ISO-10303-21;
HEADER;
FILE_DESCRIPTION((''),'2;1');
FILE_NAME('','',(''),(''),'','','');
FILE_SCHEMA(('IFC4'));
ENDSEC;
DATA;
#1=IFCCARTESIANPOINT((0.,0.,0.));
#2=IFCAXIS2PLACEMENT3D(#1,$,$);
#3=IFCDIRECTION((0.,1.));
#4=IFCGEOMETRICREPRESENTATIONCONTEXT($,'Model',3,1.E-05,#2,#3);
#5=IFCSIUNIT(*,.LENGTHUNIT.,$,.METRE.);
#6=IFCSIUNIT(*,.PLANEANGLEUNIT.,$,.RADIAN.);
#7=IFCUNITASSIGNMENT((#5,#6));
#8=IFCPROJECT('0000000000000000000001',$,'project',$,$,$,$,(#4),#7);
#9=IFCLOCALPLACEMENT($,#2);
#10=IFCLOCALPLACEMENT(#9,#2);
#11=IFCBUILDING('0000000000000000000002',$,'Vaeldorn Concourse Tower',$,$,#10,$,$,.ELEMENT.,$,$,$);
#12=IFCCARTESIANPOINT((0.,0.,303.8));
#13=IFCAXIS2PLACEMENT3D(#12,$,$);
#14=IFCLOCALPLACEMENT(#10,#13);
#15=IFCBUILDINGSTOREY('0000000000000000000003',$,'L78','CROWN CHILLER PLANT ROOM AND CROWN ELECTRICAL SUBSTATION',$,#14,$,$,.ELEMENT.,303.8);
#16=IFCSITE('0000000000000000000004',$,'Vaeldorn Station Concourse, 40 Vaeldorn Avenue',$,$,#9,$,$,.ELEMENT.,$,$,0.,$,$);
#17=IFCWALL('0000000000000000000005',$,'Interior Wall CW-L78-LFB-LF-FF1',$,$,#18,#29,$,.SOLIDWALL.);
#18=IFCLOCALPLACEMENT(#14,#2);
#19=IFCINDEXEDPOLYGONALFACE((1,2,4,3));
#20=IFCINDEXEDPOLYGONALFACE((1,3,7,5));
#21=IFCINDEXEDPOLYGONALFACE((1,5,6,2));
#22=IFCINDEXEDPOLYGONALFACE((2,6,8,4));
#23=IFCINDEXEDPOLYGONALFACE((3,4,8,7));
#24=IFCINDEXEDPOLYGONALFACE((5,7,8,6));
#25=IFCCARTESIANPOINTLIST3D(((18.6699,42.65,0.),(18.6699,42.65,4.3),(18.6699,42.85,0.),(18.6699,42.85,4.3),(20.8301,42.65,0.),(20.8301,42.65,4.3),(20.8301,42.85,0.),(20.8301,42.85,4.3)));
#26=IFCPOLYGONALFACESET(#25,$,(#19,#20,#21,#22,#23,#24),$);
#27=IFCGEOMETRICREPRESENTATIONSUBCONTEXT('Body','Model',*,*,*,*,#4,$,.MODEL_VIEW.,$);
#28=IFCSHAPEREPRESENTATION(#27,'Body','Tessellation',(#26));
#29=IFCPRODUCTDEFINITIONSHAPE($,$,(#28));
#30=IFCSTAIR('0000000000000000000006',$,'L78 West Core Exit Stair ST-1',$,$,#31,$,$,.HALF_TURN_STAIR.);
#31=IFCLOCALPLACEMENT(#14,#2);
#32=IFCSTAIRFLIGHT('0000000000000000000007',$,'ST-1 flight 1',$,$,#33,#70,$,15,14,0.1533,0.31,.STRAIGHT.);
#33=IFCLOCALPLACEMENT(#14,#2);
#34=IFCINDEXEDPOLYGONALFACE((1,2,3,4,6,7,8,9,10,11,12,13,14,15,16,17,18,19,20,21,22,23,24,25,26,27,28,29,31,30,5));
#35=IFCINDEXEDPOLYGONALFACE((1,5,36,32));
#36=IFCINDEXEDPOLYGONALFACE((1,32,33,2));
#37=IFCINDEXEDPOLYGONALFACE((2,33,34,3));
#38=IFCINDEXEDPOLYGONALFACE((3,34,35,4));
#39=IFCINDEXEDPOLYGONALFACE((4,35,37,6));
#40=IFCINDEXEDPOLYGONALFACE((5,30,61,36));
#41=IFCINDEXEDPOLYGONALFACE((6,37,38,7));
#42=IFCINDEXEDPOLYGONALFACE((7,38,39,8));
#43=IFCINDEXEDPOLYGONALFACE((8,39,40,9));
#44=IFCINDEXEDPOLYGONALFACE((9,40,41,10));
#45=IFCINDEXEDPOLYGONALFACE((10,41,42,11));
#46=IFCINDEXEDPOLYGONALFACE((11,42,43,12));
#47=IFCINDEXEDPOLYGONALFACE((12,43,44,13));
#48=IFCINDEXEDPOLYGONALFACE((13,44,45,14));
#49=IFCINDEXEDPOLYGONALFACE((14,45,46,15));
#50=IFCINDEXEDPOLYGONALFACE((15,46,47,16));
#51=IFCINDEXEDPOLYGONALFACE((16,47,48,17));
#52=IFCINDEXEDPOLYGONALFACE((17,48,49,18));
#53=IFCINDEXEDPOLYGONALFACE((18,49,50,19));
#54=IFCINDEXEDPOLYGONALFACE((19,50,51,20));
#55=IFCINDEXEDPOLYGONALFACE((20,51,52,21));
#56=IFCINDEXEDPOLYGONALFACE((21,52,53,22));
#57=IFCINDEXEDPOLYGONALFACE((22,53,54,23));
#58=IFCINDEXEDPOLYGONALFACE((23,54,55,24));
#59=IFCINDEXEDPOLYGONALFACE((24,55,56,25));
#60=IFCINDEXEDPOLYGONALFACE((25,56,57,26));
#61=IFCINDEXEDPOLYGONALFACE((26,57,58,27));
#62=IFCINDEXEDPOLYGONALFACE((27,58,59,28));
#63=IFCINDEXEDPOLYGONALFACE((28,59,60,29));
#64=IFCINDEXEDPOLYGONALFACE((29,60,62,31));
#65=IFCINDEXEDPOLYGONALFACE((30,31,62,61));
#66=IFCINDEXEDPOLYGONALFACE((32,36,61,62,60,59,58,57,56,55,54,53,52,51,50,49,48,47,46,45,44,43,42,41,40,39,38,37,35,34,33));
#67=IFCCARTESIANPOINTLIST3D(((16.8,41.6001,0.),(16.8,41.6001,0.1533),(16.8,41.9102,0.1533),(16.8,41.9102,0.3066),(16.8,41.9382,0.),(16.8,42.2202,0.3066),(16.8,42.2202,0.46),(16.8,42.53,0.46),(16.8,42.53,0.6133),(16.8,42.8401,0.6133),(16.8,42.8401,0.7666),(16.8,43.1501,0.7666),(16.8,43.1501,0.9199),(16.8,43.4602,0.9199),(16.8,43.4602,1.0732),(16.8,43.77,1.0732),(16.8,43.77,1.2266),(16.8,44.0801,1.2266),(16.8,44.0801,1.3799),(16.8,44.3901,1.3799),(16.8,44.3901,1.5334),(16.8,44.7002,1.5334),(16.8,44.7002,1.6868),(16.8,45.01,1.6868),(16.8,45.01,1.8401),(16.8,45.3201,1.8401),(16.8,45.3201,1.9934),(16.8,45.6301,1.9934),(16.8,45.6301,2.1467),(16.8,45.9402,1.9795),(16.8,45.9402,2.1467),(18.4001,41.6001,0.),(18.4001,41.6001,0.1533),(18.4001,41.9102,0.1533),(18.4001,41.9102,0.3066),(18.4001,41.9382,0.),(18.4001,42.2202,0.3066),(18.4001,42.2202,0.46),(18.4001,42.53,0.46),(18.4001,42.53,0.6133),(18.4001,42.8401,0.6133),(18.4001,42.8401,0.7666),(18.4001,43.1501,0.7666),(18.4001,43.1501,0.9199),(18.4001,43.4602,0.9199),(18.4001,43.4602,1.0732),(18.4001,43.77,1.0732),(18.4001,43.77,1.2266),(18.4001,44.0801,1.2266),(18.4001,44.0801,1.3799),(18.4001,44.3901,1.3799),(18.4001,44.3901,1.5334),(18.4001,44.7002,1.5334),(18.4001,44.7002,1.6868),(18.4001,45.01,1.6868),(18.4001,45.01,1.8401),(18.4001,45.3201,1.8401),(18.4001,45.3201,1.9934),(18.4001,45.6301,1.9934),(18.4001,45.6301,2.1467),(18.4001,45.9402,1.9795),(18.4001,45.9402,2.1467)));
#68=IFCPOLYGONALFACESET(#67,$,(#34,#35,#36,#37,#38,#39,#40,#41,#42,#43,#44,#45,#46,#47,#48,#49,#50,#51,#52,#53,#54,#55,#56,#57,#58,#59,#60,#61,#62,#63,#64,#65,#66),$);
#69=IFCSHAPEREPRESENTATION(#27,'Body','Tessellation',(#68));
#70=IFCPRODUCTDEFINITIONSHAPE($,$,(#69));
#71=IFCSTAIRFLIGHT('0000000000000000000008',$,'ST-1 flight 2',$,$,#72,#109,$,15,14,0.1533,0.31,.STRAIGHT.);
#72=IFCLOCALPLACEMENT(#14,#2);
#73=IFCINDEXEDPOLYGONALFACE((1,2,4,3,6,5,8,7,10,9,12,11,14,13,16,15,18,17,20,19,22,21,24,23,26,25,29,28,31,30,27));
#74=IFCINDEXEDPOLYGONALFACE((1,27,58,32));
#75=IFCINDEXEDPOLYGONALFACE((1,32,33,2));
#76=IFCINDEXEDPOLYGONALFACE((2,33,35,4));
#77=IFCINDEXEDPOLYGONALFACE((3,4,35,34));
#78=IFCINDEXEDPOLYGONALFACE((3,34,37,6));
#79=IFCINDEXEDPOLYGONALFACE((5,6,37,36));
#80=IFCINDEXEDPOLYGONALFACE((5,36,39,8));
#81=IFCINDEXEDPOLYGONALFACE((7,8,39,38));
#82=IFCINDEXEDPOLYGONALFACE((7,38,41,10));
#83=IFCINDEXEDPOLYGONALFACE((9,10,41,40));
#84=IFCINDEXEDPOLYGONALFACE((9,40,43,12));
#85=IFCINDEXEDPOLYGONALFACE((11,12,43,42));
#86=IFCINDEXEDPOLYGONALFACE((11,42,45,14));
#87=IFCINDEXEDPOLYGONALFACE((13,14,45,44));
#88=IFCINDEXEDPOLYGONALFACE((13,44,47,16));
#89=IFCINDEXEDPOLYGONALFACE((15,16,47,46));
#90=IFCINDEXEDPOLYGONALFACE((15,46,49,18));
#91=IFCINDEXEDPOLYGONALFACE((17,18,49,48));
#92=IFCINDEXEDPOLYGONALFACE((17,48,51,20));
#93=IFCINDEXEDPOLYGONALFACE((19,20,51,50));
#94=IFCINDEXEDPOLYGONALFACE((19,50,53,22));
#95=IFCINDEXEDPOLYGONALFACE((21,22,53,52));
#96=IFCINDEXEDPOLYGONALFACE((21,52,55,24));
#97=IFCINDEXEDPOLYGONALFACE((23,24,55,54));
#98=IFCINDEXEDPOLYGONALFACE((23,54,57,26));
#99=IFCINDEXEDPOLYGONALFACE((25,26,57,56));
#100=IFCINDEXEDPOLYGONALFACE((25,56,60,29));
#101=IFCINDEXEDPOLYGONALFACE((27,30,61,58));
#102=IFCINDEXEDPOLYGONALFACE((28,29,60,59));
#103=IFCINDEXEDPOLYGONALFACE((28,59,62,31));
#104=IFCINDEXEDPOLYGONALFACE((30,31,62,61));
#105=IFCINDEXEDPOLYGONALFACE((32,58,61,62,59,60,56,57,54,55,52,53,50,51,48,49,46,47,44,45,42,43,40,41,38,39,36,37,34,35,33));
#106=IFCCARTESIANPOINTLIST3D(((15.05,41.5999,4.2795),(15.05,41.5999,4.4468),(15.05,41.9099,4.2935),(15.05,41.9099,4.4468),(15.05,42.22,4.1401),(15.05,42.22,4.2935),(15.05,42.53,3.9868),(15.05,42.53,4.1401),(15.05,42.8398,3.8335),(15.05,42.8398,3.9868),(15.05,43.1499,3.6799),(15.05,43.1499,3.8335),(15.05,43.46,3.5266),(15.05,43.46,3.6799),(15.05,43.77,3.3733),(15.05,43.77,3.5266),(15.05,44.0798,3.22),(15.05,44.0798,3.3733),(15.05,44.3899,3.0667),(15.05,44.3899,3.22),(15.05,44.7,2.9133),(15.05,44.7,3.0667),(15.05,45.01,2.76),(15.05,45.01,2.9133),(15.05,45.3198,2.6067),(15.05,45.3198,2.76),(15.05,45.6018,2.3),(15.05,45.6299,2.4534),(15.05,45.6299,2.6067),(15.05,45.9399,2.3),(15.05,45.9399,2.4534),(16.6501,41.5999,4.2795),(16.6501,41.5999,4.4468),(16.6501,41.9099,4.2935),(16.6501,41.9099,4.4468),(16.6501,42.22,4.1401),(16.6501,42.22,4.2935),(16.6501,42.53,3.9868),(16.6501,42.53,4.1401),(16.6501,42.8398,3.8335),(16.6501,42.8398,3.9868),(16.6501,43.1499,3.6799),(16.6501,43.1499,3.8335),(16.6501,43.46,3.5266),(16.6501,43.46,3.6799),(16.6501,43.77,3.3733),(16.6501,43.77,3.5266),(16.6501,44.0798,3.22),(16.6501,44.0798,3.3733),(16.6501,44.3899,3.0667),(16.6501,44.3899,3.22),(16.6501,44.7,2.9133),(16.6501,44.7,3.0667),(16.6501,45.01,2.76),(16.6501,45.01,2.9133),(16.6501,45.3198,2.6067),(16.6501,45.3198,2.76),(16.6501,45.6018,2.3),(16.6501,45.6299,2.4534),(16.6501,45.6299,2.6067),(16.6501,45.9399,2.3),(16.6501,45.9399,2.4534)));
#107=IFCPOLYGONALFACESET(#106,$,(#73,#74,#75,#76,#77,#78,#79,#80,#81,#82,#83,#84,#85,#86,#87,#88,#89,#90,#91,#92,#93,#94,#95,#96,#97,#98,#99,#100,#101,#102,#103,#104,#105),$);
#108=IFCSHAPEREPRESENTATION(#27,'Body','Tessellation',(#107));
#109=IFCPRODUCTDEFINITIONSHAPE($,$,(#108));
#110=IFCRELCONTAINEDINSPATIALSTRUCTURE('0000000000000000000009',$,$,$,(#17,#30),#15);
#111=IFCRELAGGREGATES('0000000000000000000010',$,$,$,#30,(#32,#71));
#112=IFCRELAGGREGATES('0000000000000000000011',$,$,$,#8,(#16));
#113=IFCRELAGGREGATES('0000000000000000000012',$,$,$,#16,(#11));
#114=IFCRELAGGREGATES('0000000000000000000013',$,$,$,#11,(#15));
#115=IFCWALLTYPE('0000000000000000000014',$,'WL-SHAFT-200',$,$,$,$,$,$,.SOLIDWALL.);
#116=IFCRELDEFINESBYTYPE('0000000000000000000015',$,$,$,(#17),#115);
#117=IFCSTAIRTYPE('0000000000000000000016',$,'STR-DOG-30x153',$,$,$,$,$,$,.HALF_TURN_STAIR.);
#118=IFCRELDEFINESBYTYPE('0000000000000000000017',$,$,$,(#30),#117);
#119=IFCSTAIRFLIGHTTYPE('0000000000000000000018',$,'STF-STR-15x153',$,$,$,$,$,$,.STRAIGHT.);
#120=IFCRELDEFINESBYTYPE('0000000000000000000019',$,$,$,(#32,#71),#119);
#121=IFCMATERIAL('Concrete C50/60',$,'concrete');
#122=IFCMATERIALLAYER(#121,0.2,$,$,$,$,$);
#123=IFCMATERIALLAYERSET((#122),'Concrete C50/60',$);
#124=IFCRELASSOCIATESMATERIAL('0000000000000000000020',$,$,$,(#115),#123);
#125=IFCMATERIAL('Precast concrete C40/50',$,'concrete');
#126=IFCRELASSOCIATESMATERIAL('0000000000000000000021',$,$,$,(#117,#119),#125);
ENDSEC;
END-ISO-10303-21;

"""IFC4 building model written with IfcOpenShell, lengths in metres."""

from ifc_helpers import new_model, si_unit, direction, frame, frame_2d, origin, place, context, subcontext, project, spatial, polyline, rectangle, outline, extrude, material, layer, layer_set, type_object, element, aggregate, save


model = new_model("IFC4")

# Units and contexts
model_context = context("Model", 3, precision=1e-05, world=origin(), true_north=direction((0.0, 1.0)))
body_context = subcontext(model_context, "Body", "Model", "MODEL_VIEW")
ifc_project = project(units=[si_unit("LENGTHUNIT", "METRE"), si_unit("PLANEANGLEUNIT", "RADIAN")], contexts=[model_context])

# Site, building, storey
site_placement = place(None, origin())
site = spatial("IfcSite", under=ifc_project, at=site_placement, Name="Vaeldorn Station Concourse, 40 Vaeldorn Avenue", CompositionType="ELEMENT", RefElevation=0.0)
building_placement = place(site_placement, origin())
building = spatial("IfcBuilding", under=site, at=building_placement, Name="Vaeldorn Concourse Tower", CompositionType="ELEMENT")
storey_placement = place(building_placement, frame((0.0, 0.0, 303.8)))
storey = spatial("IfcBuildingStorey", under=building, at=storey_placement, Name="L78", Description="CROWN CHILLER PLANT ROOM AND CROWN ELECTRICAL SUBSTATION", CompositionType="ELEMENT", Elevation=303.8)

# Shared definitions
ifc_material_1 = material(Name="Concrete C50/60", Category="concrete")

# Shared definitions
ifc_layer_1 = layer(ifc_material_1, 0.2)
ifc_layer_set_1 = layer_set([ifc_layer_1], Name="Concrete C50/60")
wall_type_1 = type_object("IfcWallType", Name="WL-SHAFT-200", PredefinedType="SOLIDWALL", material=ifc_layer_set_1)

# Wall
wall_1_placement = place(storey_placement, frame((18.6699, 42.75, 0.0), z_axis=(0.0, 0.0, 1.0), x_axis=(1.0, 0.0, 0.0)))
element("IfcWall", 1, at=wall_1_placement, inside=storey, type_object=wall_type_1, Name="Interior Wall CW-L78-LFB-LF-FF1", PredefinedType="SOLIDWALL", context=body_context, shape_type="SweptSolid", body=[
    extrude(rectangle(XDim=2.1602, YDim=0.2, at=frame_2d((1.0801, 0.0))), origin(), (0.0, 0.0, 1.0), 4.3),
])

# Stair, stair flights
ifc_material_2 = material(Name="Precast concrete C40/50", Category="concrete")
stair_type = type_object("IfcStairType", Name="STR-DOG-30x153", PredefinedType="HALF_TURN_STAIR", material=ifc_material_2)
stair_placement = place(storey_placement, origin())
stair = element("IfcStair", 2, at=stair_placement, inside=storey, type_object=stair_type, Name="L78 West Core Exit Stair ST-1", PredefinedType="HALF_TURN_STAIR")
stair_flight_type = type_object("IfcStairFlightType", Name="STF-STR-15x153", PredefinedType="STRAIGHT", material=ifc_material_2)
stair_flight_1_placement = place(storey_placement, frame((17.6001, 41.6001, 0.0), z_axis=(0.0, 0.0, 1.0), x_axis=(0.0, 1.0, 0.0)))
stair_flight_1 = element("IfcStairFlight", 3, at=stair_flight_1_placement, type_object=stair_flight_type, Name="ST-1 flight 1", NumberOfRisers=15, NumberOfTreads=14, PredefinedType="STRAIGHT", RiserHeight=0.1533, TreadLength=0.31, context=body_context, shape_type="SweptSolid", body=[
    extrude(outline(polyline([(0.0, 0.0), (0.0, 0.1533), (0.3101, 0.1533), (0.3101, 0.3066), (0.6201, 0.3066), (0.6201, 0.46), (0.9299, 0.46), (0.9299, 0.6133), (1.24, 0.6133), (1.24, 0.7666), (1.55, 0.7666), (1.55, 0.9199), (1.8601, 0.9199), (1.8601, 1.0732), (2.1699, 1.0732), (2.1699, 1.2266), (2.48, 1.2266), (2.48, 1.3799), (2.79, 1.3799), (2.79, 1.5334), (3.1001, 1.5334), (3.1001, 1.6868), (3.4099, 1.6868), (3.4099, 1.8401), (3.72, 1.8401), (3.72, 1.9934), (4.03, 1.9934), (4.03, 2.1467), (4.3401, 2.1467), (4.3401, 2.3), (4.3401, 1.9795), (0.3381, 0.0), (0.0, 0.0)])), frame((0.0, 0.8, 0.0), z_axis=(0.0, -1.0, 0.0), x_axis=(1.0, 0.0, 0.0)), (0.0, 0.0, 1.0), 1.6001),
])
stair_flight_2_placement = place(storey_placement, frame((15.8501, 45.9399, 2.3), z_axis=(0.0, 0.0, 1.0), x_axis=(0.0, -1.0, 0.0)))
stair_flight_2 = element("IfcStairFlight", 4, at=stair_flight_2_placement, type_object=stair_flight_type, Name="ST-1 flight 2", NumberOfRisers=15, NumberOfTreads=14, PredefinedType="STRAIGHT", RiserHeight=0.1533, TreadLength=0.31, context=body_context, shape_type="SweptSolid", body=[
    extrude(outline(polyline([(0.0, 0.0), (0.0, 0.1533), (0.3101, 0.1533), (0.3101, 0.3066), (0.6201, 0.3066), (0.6201, 0.46), (0.9299, 0.46), (0.9299, 0.6133), (1.24, 0.6133), (1.24, 0.7666), (1.55, 0.7666), (1.55, 0.9199), (1.8601, 0.9199), (1.8601, 1.0732), (2.1699, 1.0732), (2.1699, 1.2266), (2.48, 1.2266), (2.48, 1.3799), (2.79, 1.3799), (2.79, 1.5334), (3.1001, 1.5334), (3.1001, 1.6868), (3.4099, 1.6868), (3.4099, 1.8401), (3.72, 1.8401), (3.72, 1.9934), (4.03, 1.9934), (4.03, 2.1467), (4.3401, 2.1467), (4.3401, 2.3), (4.3401, 1.9795), (0.3381, 0.0), (0.0, 0.0)])), frame((0.0, 0.8, 0.0), z_axis=(0.0, -1.0, 0.0), x_axis=(1.0, 0.0, 0.0)), (0.0, 0.0, 1.0), 1.6001),
])
aggregate(stair, [stair_flight_1, stair_flight_2])

save(model, "model.ifc")
